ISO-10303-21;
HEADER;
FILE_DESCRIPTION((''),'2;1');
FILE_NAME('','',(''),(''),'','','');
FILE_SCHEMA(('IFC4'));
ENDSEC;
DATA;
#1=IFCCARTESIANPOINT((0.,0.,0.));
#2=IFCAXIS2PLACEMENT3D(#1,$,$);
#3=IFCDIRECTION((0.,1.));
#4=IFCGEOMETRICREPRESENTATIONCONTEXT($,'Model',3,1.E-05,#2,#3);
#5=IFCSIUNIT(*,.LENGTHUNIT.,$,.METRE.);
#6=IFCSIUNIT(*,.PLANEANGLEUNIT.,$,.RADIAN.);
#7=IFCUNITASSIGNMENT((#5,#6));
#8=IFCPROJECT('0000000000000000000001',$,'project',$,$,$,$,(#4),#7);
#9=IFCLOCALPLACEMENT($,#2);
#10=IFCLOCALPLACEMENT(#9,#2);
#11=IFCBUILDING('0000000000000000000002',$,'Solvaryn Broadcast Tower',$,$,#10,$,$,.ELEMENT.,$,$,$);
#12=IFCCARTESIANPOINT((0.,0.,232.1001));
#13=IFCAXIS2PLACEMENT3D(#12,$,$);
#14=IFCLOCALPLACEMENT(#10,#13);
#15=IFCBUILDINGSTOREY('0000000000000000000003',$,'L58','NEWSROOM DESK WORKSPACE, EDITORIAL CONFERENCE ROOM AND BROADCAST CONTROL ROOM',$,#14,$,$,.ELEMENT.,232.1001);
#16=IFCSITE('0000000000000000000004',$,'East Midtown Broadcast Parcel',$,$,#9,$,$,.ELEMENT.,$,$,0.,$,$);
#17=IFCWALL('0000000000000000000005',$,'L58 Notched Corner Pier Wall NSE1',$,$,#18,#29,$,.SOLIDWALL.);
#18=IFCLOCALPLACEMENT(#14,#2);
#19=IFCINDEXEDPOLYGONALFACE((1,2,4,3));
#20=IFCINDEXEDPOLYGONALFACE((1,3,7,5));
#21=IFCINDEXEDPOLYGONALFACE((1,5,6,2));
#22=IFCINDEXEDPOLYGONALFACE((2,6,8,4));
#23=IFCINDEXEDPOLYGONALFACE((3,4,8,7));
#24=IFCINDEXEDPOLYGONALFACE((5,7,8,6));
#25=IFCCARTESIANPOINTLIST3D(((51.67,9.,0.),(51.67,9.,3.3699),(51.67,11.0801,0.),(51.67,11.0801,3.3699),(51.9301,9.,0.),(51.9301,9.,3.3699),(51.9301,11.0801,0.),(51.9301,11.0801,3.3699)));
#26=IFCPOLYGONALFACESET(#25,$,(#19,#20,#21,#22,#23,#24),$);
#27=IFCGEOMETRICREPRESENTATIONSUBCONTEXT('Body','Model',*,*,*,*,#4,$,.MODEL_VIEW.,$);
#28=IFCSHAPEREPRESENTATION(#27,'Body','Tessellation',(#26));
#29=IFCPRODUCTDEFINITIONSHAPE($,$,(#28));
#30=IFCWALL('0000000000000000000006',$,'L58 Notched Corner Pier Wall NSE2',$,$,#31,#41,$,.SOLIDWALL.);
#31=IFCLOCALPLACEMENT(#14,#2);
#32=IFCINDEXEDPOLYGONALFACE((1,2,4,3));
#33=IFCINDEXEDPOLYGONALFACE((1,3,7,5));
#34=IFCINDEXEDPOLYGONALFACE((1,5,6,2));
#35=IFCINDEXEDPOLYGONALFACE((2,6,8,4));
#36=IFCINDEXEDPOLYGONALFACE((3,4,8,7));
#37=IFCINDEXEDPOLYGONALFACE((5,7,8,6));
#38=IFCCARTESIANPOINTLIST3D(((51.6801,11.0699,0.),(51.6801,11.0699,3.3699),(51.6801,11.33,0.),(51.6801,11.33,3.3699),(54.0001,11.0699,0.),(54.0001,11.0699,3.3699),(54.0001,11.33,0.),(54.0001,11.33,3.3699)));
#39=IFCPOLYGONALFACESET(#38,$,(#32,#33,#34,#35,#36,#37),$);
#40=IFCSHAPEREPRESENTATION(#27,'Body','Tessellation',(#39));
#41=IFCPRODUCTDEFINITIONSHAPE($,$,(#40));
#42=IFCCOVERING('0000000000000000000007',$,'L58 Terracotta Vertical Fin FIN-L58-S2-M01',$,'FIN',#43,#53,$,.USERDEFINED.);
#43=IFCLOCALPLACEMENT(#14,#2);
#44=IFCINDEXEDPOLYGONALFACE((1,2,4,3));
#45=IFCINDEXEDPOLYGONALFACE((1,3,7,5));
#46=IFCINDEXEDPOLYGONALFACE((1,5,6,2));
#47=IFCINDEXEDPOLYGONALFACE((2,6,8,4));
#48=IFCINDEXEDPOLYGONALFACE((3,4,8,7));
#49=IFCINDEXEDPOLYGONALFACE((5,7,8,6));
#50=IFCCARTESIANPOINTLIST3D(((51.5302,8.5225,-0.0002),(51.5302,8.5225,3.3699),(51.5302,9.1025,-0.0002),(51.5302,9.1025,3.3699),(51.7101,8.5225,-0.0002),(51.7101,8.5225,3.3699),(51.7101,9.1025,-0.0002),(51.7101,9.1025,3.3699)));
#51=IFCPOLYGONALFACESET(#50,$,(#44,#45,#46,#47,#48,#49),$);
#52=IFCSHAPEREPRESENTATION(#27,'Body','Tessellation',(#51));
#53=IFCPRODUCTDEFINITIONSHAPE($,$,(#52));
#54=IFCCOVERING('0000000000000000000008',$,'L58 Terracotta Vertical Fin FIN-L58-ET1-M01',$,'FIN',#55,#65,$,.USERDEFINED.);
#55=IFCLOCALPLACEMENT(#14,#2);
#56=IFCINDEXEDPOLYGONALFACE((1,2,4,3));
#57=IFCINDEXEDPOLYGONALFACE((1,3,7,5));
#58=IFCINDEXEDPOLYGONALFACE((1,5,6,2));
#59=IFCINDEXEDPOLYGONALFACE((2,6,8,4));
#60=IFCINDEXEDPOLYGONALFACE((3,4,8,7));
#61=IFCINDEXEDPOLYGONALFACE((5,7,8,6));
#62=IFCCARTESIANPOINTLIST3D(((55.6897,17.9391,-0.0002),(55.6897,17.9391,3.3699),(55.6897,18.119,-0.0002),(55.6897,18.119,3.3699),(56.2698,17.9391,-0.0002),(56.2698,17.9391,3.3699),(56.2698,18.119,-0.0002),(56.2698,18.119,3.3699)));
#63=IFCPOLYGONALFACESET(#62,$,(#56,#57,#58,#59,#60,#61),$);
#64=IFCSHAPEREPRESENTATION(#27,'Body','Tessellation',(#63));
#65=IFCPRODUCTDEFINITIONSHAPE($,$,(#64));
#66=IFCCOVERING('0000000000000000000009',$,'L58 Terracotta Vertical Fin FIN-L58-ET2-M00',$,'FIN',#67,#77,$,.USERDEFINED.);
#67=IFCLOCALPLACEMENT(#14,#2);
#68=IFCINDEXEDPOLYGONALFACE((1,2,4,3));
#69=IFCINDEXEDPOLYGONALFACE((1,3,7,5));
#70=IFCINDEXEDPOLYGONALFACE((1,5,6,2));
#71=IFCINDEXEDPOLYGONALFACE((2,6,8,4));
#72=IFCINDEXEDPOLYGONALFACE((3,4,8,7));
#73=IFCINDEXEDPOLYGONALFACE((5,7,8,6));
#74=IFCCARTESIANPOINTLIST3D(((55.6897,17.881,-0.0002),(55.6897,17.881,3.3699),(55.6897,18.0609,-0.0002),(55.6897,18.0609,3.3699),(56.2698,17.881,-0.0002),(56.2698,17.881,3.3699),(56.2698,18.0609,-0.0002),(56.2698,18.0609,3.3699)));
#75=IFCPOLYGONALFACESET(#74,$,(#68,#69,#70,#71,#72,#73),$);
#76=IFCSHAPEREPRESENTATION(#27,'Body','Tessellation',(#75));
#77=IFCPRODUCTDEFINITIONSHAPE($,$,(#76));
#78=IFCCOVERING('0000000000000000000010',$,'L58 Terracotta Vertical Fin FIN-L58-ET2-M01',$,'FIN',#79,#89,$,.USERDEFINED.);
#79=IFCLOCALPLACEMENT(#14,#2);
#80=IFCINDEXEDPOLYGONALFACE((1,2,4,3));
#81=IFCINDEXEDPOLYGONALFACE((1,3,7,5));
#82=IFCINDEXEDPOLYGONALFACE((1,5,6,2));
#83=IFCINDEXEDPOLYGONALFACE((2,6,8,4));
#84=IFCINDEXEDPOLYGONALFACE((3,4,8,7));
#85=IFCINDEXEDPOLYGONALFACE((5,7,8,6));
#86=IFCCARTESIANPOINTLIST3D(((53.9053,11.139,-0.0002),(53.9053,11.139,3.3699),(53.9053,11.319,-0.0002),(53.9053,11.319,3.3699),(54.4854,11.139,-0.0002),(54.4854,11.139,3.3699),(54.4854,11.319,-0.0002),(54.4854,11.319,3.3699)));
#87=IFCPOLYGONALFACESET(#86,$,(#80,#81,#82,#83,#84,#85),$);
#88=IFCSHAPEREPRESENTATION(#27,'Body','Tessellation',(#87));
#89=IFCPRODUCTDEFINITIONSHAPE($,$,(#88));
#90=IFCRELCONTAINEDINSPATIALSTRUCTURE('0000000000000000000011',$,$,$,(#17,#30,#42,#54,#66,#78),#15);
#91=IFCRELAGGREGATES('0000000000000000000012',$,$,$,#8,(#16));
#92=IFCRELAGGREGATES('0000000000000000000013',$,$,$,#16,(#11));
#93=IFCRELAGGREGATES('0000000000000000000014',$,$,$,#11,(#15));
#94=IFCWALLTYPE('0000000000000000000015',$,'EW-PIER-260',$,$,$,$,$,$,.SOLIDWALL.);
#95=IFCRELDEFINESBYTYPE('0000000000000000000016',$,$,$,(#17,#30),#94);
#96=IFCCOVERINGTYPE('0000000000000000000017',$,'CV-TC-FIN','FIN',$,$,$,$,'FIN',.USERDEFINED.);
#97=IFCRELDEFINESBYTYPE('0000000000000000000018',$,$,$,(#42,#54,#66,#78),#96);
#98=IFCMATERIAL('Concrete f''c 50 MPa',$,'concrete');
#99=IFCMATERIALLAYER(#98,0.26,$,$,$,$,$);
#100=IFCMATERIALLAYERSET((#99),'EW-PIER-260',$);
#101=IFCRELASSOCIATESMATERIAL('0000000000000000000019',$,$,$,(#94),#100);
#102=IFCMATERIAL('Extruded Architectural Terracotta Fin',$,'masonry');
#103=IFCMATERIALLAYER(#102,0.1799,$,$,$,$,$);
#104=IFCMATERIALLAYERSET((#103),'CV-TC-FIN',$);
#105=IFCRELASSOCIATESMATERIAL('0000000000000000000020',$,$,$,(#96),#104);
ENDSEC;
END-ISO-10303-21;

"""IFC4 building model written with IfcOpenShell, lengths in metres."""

from ifc_helpers import new_model, si_unit, direction, frame, frame_2d, origin, origin_2d, place, context, subcontext, project, spatial, rectangle, extrude, material, layer, layer_set, type_object, element, save


model = new_model("IFC4")

# Units and contexts
model_context = context("Model", 3, precision=1e-05, world=origin(), true_north=direction((0.0, 1.0)))
body_context = subcontext(model_context, "Body", "Model", "MODEL_VIEW")
ifc_project = project(units=[si_unit("LENGTHUNIT", "METRE"), si_unit("PLANEANGLEUNIT", "RADIAN")], contexts=[model_context])

# Site, building, storey
site_placement = place(None, origin())
site = spatial("IfcSite", under=ifc_project, at=site_placement, Name="East Midtown Broadcast Parcel", CompositionType="ELEMENT", RefElevation=0.0)
building_placement = place(site_placement, origin())
building = spatial("IfcBuilding", under=site, at=building_placement, Name="Solvaryn Broadcast Tower", CompositionType="ELEMENT")
storey_placement = place(building_placement, frame((0.0, 0.0, 232.1001)))
storey = spatial("IfcBuildingStorey", under=building, at=storey_placement, Name="L58", Description="NEWSROOM DESK WORKSPACE, EDITORIAL CONFERENCE ROOM AND BROADCAST CONTROL ROOM", CompositionType="ELEMENT", Elevation=232.1001)

# Walls
ifc_material_1 = material(Name="Concrete f'c 50 MPa", Category="concrete")
ifc_layer_1 = layer(ifc_material_1, 0.26)
ifc_layer_set_1 = layer_set([ifc_layer_1], Name="EW-PIER-260")
wall_type = type_object("IfcWallType", Name="EW-PIER-260", PredefinedType="SOLIDWALL", material=ifc_layer_set_1)
wall_1_placement = place(storey_placement, frame((51.8, 9.0, 0.0), z_axis=(0.0, 0.0, 1.0), x_axis=(0.0, 1.0, 0.0)))
element("IfcWall", 1, at=wall_1_placement, inside=storey, type_object=wall_type, Name="L58 Notched Corner Pier Wall NSE1", PredefinedType="SOLIDWALL", context=body_context, shape_type="SweptSolid", body=[
    extrude(rectangle(XDim=2.0801, YDim=0.26, at=frame_2d((1.04, 0.0))), origin(), (0.0, 0.0, 1.0), 3.3699),
])
wall_2_placement = place(storey_placement, frame((51.6799, 11.2, 0.0), z_axis=(0.0, 0.0, 1.0), x_axis=(1.0, 0.0, 0.0)))
element("IfcWall", 2, at=wall_2_placement, inside=storey, type_object=wall_type, Name="L58 Notched Corner Pier Wall NSE2", PredefinedType="SOLIDWALL", context=body_context, shape_type="SweptSolid", body=[
    extrude(rectangle(XDim=2.3201, YDim=0.26, at=frame_2d((1.1602, 0.0))), origin(), (0.0, 0.0, 1.0), 3.3699),
])

# Coverings
ifc_material_2 = material(Name="Extruded Architectural Terracotta Fin", Category="masonry")
ifc_layer_2 = layer(ifc_material_2, 0.1799)
ifc_layer_set_2 = layer_set([ifc_layer_2], Name="CV-TC-FIN")
covering_type = type_object("IfcCoveringType", Name="CV-TC-FIN", Description="FIN", ElementType="FIN", PredefinedType="USERDEFINED", material=ifc_layer_set_2)
covering_placement = place(storey_placement, frame((51.6201, 8.8125, -0.0002), z_axis=(0.0, 0.0, 1.0), x_axis=(1.0, 0.0, 0.0)))
element("IfcCovering", 3, at=covering_placement, inside=storey, type_object=covering_type, Name="L58 Terracotta Vertical Fin FIN-L58-S2-M01", ObjectType="FIN", PredefinedType="USERDEFINED", context=body_context, shape_type="SweptSolid", body=[
    extrude(rectangle(XDim=0.1799, YDim=0.5801, at=origin_2d()), origin(), (0.0, 0.0, 1.0), 3.3701),
])
for number, where, z_axis, x_axis, name in (
    (4, (55.9797, 18.0291, -0.0002), (0.0, 0.0, 1.0), (1.0, 0.0, 0.0), "L58 Terracotta Vertical Fin FIN-L58-ET1-M01"),
    (5, (55.9797, 17.9709, -0.0002), (0.0, 0.0, 1.0), (1.0, 0.0, 0.0), "L58 Terracotta Vertical Fin FIN-L58-ET2-M00"),
    (6, (54.1953, 11.229, -0.0002), (0.0, 0.0, 1.0), (1.0, 0.0, 0.0), "L58 Terracotta Vertical Fin FIN-L58-ET2-M01"),
):
    element("IfcCovering", number, at=place(storey_placement, frame(where, z_axis=z_axis, x_axis=x_axis)), inside=storey, type_object=covering_type, Name=name, ObjectType="FIN", PredefinedType="USERDEFINED", context=body_context, shape_type="SweptSolid", body=[
        extrude(rectangle(XDim=0.5801, YDim=0.1799, at=origin_2d()), origin(), (0.0, 0.0, 1.0), 3.3701),
    ])

save(model, "model.ifc")
